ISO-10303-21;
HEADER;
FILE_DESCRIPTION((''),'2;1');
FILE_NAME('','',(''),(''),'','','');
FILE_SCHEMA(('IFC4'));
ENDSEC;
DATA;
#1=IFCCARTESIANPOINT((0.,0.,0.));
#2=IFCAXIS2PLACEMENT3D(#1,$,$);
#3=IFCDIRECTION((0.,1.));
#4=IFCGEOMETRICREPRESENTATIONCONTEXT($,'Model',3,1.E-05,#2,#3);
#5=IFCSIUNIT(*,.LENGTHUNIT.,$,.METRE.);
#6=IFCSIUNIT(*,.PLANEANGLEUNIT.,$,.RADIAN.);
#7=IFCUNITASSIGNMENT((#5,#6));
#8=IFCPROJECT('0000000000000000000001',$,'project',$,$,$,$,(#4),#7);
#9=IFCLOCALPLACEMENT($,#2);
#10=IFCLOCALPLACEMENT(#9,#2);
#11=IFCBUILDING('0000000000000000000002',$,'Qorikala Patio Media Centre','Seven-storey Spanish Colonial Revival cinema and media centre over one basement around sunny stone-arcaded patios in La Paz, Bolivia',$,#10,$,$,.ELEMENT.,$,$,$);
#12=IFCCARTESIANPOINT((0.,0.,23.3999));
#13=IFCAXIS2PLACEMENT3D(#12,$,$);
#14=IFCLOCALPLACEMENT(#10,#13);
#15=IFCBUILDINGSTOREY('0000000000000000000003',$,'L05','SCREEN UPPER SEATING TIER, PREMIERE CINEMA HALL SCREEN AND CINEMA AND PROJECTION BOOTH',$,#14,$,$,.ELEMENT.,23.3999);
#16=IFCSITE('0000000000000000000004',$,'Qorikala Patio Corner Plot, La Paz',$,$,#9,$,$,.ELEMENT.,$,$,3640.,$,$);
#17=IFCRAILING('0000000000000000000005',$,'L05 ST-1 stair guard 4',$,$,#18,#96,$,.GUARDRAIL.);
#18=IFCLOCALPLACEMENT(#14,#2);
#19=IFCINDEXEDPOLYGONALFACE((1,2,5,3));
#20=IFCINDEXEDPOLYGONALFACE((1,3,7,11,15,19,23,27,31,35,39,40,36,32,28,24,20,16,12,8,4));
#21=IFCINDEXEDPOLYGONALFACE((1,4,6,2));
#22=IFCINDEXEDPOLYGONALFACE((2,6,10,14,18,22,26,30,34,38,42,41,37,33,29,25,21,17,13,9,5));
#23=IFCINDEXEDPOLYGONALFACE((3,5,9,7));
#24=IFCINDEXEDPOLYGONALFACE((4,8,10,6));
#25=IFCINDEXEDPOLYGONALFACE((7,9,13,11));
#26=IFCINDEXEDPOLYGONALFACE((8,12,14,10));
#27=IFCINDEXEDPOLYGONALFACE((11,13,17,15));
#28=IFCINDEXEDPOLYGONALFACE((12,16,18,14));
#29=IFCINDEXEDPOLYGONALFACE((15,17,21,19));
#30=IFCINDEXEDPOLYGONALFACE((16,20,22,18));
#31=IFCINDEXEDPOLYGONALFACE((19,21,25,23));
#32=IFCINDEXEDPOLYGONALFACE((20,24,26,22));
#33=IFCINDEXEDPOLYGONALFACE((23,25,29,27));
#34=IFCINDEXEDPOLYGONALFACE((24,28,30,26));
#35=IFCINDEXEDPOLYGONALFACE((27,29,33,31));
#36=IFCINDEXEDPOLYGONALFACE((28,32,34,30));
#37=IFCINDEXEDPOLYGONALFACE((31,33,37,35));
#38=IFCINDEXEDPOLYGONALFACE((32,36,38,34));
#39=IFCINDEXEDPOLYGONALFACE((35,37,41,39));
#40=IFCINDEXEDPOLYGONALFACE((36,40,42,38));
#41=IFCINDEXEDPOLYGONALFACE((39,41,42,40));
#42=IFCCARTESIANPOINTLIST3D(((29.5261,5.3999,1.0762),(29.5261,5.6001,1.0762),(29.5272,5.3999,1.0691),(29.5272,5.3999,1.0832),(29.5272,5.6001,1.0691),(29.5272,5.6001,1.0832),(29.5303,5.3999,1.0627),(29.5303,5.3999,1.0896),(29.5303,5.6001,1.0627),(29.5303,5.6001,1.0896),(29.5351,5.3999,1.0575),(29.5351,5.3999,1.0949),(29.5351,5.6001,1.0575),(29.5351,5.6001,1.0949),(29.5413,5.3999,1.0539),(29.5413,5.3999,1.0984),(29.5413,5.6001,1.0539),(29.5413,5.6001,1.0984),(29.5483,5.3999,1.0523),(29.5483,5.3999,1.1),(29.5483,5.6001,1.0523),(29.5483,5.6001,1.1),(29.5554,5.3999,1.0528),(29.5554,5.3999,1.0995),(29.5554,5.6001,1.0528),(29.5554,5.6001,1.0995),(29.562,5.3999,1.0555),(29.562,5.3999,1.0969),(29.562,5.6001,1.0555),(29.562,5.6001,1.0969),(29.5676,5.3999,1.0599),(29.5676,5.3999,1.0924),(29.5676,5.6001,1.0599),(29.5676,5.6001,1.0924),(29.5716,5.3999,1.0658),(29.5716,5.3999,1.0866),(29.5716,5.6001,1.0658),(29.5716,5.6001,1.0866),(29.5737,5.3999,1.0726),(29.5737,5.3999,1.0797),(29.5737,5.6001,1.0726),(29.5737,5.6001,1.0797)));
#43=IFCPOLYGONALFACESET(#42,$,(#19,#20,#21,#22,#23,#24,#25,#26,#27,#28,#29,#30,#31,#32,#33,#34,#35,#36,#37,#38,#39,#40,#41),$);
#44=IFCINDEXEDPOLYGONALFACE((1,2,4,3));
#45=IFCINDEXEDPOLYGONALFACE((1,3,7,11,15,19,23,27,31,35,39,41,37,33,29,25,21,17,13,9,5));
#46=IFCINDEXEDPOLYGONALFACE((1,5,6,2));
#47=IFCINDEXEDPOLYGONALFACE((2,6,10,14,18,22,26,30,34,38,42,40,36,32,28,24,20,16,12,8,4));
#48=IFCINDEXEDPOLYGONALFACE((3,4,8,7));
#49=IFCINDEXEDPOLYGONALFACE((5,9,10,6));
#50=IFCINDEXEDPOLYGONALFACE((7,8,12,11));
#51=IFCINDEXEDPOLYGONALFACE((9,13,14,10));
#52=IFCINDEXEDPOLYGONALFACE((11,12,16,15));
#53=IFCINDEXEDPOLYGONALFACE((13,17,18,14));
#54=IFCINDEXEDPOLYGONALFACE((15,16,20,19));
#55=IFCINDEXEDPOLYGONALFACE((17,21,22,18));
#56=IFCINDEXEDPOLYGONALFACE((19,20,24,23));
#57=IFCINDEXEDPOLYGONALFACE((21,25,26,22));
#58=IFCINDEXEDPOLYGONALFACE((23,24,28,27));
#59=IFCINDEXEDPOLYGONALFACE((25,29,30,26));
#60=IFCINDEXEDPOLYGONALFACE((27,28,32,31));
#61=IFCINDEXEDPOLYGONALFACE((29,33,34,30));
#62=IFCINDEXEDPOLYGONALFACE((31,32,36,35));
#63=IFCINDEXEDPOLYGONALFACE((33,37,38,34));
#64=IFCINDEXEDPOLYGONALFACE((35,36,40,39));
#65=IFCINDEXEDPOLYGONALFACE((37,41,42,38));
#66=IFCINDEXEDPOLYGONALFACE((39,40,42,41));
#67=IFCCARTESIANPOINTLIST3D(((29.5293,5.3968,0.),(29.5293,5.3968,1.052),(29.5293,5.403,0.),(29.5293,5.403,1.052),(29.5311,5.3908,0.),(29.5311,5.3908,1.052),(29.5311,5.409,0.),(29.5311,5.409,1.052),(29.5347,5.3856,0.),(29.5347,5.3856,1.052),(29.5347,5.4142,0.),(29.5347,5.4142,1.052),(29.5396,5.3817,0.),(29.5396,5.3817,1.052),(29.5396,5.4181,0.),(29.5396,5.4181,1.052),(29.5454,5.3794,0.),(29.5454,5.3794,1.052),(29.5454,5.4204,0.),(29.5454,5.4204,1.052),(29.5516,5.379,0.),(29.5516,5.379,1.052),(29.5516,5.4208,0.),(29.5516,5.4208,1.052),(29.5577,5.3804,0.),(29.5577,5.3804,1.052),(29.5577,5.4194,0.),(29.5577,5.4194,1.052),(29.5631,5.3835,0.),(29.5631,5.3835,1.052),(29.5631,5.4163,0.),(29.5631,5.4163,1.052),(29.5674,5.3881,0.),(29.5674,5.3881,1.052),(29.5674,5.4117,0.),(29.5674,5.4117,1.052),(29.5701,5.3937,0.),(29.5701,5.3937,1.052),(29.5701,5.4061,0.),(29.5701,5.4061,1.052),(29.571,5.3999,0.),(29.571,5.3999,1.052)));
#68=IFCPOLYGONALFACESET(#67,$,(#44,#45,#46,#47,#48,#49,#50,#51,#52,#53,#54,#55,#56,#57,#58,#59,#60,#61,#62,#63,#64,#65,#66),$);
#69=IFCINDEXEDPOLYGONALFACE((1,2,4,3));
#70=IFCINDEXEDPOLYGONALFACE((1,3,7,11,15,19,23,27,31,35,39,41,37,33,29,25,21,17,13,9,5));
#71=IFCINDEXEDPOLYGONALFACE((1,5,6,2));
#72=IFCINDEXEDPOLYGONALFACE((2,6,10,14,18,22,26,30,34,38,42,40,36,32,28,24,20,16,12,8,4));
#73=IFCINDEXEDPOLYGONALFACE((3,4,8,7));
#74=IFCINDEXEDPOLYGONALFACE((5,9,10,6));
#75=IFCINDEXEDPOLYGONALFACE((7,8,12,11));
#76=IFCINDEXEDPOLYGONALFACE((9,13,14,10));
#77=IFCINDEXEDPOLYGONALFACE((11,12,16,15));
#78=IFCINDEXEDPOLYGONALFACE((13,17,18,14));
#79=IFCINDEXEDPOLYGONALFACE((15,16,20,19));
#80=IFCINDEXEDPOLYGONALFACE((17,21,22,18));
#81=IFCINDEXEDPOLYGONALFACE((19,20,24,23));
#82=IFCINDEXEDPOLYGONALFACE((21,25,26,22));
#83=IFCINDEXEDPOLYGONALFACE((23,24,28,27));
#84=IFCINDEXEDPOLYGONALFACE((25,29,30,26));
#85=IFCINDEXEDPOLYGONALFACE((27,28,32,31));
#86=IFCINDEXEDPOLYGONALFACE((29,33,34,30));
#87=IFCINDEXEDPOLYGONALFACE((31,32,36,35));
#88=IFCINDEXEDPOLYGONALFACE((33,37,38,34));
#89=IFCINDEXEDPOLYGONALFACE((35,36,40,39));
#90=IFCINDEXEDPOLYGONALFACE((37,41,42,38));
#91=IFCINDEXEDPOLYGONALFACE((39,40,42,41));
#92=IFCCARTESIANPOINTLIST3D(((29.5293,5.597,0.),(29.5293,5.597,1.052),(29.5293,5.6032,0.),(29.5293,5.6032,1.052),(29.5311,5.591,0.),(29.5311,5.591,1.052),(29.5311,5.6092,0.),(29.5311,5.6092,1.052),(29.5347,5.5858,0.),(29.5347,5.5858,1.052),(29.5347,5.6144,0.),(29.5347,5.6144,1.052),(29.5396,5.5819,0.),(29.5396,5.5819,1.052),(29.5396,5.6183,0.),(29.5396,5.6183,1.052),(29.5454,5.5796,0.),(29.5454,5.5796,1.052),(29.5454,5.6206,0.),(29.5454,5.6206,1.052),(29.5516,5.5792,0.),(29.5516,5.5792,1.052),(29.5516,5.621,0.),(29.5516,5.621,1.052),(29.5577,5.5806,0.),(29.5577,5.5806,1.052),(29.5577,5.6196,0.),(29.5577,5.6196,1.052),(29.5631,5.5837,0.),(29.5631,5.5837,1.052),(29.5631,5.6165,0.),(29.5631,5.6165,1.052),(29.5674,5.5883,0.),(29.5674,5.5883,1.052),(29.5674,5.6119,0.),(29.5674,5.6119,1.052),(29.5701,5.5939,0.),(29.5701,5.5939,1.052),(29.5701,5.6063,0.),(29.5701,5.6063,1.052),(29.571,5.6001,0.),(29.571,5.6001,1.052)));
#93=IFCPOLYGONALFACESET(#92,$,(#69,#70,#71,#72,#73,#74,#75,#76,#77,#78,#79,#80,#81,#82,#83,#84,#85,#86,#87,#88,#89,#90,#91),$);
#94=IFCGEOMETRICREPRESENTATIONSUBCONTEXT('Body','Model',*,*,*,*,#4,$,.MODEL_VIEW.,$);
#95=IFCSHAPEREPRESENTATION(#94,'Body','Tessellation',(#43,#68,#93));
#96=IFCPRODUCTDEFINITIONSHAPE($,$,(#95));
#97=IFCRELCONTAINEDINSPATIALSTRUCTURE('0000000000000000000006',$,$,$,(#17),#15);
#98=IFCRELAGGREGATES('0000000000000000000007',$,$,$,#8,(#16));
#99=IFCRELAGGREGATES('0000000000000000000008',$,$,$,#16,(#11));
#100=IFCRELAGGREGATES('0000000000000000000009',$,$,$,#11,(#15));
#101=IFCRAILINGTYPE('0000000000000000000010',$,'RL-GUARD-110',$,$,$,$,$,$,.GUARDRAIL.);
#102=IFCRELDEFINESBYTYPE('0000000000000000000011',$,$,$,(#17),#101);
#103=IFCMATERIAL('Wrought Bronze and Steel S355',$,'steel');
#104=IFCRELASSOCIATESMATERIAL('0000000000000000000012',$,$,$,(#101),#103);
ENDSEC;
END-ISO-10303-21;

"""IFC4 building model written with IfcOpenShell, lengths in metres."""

from ifc_helpers import new_model, si_unit, direction, frame, origin, origin_2d, place, context, subcontext, project, spatial, circle, extrude, material, type_object, element, save


model = new_model("IFC4")

# Units and contexts
model_context = context("Model", 3, precision=1e-05, world=origin(), true_north=direction((0.0, 1.0)))
body_context = subcontext(model_context, "Body", "Model", "MODEL_VIEW")
ifc_project = project(units=[si_unit("LENGTHUNIT", "METRE"), si_unit("PLANEANGLEUNIT", "RADIAN")], contexts=[model_context])

# Site, building, storey
site_placement = place(None, origin())
site = spatial("IfcSite", under=ifc_project, at=site_placement, Name="Qorikala Patio Corner Plot, La Paz", CompositionType="ELEMENT", RefElevation=3640.0)
building_placement = place(site_placement, origin())
building = spatial("IfcBuilding", under=site, at=building_placement, Name="Qorikala Patio Media Centre", Description="Seven-storey Spanish Colonial Revival cinema and media centre over one basement around sunny stone-arcaded patios in La Paz, Bolivia", CompositionType="ELEMENT")
storey_placement = place(building_placement, frame((0.0, 0.0, 23.3999)))
storey = spatial("IfcBuildingStorey", under=building, at=storey_placement, Name="L05", Description="SCREEN UPPER SEATING TIER, PREMIERE CINEMA HALL SCREEN AND CINEMA AND PROJECTION BOOTH", CompositionType="ELEMENT", Elevation=23.3999)

# Railing
ifc_material_1 = material(Name="Wrought Bronze and Steel S355", Category="steel")
railing_type_1 = type_object("IfcRailingType", Name="RL-GUARD-110", PredefinedType="GUARDRAIL", material=ifc_material_1)
railing_1_placement = place(storey_placement, frame((29.55, 5.3999, 0.0)))
element("IfcRailing", 1, at=railing_1_placement, inside=storey, type_object=railing_type_1, Name="L05 ST-1 stair guard 4", PredefinedType="GUARDRAIL", context=body_context, shape_type="SweptSolid", body=[
    extrude(circle(Radius=0.0239, at=origin_2d()), frame((0.0, 0.0, 1.0762), z_axis=(0.0, 1.0, 0.0), x_axis=(-1.0, 0.0, 0.0)), (0.0, 0.0, 1.0), 0.2002),
    extrude(circle(Radius=0.021, at=origin_2d()), origin(), (0.0, 0.0, 1.0), 1.052),
    extrude(circle(Radius=0.021, at=origin_2d()), frame((0.0, 0.2002, 0.0)), (0.0, 0.0, 1.0), 1.052),
])

save(model, "model.ifc")
